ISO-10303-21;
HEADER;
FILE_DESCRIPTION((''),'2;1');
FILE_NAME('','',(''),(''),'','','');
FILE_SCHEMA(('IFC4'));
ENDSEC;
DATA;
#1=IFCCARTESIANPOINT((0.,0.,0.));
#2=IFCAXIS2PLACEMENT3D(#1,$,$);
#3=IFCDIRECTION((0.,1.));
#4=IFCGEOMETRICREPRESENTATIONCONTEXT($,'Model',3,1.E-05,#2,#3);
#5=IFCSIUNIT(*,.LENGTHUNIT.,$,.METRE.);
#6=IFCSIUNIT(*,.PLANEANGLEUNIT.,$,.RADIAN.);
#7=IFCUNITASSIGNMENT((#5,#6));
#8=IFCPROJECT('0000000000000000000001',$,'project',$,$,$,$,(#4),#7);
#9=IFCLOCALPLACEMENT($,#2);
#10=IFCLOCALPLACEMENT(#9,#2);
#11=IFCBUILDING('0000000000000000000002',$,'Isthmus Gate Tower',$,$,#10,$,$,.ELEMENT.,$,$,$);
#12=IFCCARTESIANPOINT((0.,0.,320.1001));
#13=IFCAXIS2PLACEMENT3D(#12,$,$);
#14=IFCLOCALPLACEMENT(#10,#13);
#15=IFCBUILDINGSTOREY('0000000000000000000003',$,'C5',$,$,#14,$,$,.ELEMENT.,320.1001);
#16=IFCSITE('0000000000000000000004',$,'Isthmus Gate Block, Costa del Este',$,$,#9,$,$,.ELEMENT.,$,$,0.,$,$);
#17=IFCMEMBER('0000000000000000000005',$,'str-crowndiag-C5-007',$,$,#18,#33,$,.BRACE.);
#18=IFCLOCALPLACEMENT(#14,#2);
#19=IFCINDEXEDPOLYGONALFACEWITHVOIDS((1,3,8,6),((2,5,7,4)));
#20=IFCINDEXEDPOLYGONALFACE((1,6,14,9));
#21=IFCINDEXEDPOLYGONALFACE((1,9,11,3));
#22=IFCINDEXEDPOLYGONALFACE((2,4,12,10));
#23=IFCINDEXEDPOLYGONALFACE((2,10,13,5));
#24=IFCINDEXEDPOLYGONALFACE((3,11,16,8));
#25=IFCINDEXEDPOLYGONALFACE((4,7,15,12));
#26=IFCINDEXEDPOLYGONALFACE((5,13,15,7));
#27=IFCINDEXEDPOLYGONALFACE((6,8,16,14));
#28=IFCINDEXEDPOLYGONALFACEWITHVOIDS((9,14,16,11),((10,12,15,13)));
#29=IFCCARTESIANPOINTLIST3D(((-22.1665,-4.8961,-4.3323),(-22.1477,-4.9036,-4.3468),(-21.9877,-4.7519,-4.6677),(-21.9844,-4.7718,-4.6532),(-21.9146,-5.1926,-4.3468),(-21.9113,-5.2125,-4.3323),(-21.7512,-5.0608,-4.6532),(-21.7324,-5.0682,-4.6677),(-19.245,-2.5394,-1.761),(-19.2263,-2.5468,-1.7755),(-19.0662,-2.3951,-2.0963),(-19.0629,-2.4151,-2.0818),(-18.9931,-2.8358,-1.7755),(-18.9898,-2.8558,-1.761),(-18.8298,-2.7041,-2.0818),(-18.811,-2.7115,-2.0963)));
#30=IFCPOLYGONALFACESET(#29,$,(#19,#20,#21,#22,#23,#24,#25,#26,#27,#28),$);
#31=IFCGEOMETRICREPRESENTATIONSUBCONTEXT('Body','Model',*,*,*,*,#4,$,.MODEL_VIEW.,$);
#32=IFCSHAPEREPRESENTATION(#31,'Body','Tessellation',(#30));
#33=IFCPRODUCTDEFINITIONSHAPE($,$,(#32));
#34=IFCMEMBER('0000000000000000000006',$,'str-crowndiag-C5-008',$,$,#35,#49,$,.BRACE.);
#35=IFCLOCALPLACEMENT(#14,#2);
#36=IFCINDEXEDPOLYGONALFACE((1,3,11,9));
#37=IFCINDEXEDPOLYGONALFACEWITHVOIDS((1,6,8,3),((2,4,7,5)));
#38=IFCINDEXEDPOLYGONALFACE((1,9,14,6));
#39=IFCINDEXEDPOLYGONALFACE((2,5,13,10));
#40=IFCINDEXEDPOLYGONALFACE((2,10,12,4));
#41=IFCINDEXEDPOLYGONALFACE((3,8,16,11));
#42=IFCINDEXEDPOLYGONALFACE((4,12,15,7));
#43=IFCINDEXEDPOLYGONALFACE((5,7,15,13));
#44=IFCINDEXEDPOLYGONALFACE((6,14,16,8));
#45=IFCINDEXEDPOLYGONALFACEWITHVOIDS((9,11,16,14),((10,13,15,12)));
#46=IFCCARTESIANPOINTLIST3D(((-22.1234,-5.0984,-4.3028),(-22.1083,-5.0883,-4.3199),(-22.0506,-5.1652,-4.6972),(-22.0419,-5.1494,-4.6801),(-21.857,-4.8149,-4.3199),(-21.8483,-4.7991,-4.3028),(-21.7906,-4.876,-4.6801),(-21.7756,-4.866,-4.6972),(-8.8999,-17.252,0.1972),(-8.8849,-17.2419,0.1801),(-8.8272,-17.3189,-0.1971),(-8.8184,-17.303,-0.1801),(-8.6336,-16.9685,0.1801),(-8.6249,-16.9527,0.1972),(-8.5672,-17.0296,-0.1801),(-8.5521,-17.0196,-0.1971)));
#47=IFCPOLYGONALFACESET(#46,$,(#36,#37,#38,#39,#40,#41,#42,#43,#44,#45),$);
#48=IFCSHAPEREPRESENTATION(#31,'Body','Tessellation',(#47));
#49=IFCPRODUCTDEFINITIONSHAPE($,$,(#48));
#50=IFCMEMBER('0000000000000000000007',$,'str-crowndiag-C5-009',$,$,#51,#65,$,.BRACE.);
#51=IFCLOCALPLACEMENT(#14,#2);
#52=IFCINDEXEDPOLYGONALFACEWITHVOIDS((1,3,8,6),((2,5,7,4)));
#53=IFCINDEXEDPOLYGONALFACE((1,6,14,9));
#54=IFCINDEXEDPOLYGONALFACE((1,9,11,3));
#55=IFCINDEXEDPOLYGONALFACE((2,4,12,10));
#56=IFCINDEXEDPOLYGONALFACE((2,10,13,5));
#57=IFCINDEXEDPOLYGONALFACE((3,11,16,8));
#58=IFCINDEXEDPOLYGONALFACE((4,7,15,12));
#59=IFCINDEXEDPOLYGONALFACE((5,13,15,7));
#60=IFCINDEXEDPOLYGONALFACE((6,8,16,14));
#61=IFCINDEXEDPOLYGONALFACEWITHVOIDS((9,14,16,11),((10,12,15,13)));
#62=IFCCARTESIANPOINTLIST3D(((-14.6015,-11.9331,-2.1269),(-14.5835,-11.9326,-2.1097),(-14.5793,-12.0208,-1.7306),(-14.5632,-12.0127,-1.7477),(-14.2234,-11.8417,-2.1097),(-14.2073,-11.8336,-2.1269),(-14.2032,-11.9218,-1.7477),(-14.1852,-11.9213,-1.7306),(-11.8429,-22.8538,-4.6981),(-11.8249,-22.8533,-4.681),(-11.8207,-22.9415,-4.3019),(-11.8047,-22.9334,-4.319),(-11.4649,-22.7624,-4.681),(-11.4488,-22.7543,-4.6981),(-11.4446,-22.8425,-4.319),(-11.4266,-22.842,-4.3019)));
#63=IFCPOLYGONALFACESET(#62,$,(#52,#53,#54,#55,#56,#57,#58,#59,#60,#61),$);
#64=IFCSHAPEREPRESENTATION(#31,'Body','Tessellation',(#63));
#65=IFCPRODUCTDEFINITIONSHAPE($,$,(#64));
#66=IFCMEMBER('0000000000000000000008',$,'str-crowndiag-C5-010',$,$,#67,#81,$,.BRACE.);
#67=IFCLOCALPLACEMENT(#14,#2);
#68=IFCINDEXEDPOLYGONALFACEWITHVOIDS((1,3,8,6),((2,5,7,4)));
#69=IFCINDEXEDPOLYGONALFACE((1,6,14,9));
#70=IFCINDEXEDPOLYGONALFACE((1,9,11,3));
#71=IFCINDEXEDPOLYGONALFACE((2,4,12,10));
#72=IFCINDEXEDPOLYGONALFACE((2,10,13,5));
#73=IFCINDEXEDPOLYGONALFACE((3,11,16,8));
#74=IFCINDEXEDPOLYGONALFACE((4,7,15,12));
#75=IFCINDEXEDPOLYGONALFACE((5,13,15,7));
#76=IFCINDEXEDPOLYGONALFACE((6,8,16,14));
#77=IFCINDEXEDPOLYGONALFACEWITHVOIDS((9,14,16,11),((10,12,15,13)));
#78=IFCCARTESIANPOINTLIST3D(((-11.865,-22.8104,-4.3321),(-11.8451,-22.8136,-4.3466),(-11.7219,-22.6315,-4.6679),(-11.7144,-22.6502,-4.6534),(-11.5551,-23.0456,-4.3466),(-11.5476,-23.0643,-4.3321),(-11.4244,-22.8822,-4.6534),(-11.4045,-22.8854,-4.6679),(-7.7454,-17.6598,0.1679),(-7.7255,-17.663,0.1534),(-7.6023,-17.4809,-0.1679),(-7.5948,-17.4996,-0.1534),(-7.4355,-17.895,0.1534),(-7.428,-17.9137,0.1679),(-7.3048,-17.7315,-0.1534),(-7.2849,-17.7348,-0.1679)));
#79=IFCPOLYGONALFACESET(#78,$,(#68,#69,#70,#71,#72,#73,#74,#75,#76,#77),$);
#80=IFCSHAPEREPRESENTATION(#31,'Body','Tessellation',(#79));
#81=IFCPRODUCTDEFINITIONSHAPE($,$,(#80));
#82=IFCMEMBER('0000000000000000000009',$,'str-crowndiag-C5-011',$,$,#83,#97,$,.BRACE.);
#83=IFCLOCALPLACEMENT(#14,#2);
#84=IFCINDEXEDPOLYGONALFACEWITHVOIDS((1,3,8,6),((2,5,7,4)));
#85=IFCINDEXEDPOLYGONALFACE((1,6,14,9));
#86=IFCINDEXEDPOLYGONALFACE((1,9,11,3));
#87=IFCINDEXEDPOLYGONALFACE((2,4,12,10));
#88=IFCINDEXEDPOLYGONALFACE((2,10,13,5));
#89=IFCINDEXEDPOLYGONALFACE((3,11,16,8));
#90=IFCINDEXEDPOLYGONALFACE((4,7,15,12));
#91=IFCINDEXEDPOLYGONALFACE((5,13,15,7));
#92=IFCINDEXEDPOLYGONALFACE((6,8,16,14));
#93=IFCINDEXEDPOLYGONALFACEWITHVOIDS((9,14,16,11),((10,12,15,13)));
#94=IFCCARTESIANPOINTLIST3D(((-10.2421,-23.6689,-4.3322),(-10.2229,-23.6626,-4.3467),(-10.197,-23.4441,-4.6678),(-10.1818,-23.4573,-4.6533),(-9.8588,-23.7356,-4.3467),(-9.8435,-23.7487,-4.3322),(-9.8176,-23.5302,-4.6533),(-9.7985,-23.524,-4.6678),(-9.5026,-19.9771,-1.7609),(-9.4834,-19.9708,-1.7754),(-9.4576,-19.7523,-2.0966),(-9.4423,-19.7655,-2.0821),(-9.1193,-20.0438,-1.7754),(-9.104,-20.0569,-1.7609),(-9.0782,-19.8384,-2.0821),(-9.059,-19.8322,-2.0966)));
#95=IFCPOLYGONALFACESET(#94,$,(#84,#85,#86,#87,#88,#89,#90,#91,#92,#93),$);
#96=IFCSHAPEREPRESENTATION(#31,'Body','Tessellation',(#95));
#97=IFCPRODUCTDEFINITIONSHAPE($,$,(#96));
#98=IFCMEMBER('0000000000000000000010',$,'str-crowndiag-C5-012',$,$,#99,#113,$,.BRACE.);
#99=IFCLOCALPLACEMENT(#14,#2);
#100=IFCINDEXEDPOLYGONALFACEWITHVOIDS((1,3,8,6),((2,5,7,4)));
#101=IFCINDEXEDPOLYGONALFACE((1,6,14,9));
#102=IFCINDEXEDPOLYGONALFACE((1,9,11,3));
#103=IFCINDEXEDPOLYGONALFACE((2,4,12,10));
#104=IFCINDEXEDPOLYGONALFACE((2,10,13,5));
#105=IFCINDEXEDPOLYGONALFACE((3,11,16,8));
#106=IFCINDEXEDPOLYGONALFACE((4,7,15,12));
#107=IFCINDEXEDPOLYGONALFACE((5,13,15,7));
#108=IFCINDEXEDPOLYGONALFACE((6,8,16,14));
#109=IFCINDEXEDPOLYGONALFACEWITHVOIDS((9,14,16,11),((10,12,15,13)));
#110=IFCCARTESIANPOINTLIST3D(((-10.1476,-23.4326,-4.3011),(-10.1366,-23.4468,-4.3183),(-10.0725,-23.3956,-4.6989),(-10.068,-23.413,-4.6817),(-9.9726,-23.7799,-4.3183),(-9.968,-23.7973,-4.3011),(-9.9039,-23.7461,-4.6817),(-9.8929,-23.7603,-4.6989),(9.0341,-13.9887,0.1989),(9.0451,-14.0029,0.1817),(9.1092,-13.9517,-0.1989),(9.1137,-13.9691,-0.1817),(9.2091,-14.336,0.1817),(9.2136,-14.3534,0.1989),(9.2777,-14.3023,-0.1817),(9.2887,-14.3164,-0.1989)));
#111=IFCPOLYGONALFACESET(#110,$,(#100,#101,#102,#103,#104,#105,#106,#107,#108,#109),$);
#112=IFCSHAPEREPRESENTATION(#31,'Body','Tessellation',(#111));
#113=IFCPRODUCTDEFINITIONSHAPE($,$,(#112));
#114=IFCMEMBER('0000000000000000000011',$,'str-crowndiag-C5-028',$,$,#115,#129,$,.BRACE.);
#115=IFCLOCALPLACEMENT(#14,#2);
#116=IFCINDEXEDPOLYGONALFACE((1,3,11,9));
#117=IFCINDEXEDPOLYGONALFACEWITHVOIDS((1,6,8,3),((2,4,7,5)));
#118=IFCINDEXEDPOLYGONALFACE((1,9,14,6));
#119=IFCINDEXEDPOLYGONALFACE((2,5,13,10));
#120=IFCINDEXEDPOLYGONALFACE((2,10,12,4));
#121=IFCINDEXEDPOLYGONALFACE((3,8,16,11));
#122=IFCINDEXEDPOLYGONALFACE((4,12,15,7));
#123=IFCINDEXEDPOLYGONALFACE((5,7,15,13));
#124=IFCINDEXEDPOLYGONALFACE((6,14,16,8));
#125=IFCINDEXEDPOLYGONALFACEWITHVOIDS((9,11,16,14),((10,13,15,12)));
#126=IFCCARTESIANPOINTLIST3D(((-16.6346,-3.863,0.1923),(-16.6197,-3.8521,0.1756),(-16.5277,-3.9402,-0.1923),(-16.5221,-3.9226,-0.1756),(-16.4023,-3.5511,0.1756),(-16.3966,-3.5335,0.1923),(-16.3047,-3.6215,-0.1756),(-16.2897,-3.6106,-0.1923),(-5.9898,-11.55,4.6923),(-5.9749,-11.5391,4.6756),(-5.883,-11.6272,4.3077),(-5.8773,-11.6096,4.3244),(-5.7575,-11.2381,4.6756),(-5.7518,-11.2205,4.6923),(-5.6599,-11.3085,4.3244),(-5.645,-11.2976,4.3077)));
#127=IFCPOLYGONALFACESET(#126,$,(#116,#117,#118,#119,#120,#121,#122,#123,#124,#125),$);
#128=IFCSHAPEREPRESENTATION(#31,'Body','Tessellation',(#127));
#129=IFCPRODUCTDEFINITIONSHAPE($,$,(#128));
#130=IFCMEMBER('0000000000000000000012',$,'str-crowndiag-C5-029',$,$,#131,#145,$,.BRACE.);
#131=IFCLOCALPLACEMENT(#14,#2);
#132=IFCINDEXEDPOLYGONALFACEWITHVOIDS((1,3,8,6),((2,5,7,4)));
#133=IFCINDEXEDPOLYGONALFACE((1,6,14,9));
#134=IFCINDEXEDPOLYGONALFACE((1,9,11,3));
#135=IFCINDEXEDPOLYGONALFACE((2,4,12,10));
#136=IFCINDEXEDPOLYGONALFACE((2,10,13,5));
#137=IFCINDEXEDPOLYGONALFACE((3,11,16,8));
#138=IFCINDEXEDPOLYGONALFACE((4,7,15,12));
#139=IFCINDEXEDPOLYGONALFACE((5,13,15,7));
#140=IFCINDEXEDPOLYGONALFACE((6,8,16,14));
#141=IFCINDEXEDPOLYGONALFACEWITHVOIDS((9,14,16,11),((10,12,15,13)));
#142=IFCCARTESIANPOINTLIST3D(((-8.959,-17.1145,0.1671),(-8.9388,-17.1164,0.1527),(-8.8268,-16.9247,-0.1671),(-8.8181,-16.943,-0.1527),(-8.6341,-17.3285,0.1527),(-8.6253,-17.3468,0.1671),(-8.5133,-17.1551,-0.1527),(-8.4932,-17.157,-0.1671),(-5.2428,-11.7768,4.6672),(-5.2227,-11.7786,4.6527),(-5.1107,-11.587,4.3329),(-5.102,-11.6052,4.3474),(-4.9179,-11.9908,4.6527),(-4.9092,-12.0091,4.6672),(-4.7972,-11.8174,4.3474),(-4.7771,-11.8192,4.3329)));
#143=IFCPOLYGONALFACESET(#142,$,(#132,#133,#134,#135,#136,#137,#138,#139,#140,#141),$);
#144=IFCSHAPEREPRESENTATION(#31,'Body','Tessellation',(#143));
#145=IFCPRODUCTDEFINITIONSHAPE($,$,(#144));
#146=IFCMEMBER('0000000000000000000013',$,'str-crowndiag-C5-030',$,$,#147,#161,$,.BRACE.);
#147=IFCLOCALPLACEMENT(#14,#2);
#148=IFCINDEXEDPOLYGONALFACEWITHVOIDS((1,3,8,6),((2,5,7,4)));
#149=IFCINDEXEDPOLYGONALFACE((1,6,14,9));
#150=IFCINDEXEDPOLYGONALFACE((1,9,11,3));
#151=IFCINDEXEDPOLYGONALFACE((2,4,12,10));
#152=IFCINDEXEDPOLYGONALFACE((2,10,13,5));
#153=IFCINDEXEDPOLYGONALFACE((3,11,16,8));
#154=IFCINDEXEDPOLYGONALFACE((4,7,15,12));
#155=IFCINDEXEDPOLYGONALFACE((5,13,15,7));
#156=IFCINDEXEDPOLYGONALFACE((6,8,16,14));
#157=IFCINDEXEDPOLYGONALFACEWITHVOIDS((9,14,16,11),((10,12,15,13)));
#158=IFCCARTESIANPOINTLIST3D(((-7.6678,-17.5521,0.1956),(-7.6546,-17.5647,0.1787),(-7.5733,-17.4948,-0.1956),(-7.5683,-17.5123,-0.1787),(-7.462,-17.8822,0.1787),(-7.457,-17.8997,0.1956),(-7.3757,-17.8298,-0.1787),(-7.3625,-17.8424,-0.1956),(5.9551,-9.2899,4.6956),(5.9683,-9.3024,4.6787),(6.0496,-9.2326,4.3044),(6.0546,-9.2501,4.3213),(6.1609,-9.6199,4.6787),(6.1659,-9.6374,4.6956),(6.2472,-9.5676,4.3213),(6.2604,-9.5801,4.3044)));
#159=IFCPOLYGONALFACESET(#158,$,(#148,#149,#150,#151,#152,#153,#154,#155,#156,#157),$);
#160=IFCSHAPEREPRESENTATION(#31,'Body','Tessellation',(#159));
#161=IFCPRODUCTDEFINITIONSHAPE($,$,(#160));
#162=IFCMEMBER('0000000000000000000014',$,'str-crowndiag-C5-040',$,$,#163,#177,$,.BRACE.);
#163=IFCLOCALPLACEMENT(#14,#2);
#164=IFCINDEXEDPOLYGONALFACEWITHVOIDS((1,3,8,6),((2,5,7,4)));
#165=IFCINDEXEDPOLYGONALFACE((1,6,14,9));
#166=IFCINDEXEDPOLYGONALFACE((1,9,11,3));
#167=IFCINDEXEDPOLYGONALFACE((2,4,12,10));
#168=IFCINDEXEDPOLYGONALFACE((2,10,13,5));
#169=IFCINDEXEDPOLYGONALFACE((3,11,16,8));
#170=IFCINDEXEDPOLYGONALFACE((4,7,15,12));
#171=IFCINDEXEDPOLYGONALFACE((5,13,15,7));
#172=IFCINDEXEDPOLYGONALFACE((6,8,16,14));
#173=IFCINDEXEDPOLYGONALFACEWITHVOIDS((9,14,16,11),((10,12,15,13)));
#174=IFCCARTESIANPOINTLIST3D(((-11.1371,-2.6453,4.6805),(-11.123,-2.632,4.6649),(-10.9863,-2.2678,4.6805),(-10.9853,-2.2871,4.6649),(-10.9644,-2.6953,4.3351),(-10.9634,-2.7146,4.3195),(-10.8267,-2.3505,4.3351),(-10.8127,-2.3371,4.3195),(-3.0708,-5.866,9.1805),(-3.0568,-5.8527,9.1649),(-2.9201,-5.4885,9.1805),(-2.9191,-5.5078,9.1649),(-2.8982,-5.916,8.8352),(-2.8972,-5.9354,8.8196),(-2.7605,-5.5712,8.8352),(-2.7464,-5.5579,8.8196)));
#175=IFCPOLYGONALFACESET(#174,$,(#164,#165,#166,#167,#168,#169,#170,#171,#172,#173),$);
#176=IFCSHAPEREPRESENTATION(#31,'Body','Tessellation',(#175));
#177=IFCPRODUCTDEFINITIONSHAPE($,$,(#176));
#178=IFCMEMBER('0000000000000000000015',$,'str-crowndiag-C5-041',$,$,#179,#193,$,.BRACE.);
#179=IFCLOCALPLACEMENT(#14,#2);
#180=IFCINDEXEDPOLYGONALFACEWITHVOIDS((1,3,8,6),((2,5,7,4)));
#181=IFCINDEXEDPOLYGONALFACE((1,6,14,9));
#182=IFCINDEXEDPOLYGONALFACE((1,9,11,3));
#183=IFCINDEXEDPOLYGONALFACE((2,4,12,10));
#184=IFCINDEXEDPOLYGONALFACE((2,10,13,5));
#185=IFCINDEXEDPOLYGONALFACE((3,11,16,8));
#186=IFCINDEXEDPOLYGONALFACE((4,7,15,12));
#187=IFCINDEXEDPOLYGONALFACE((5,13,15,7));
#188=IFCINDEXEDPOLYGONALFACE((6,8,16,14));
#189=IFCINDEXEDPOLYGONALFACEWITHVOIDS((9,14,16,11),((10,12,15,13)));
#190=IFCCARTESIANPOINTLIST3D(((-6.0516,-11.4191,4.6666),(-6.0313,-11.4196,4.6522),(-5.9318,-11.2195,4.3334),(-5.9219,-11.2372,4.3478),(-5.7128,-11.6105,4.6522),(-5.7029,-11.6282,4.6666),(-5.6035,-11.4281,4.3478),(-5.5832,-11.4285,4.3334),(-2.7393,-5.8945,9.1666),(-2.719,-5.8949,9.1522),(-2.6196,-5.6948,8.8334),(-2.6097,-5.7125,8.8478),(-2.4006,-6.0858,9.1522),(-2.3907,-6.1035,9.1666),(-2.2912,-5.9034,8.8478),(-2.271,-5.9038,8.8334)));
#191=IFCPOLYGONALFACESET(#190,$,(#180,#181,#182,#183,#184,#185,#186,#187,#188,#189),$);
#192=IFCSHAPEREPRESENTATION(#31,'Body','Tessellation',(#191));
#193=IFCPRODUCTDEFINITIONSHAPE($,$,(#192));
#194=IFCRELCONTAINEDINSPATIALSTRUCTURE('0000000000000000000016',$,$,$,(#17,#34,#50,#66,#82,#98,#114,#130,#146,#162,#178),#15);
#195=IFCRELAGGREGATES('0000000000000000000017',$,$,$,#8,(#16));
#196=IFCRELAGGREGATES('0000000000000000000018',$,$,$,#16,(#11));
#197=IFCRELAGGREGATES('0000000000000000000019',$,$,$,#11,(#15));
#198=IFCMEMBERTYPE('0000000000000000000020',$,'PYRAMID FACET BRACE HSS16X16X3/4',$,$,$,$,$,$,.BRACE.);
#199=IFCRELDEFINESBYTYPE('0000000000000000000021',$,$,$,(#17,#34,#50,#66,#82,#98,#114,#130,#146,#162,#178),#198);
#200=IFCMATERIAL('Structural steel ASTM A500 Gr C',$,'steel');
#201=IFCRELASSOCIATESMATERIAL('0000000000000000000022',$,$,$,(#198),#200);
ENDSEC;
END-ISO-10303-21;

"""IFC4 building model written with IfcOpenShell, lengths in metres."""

from ifc_helpers import new_model, si_unit, direction, frame, origin, origin_2d, place, context, subcontext, project, spatial, hollow_rectangle, extrude, material, material_profile, profile_set, type_object, element, save


model = new_model("IFC4")

# Units and contexts
model_context = context("Model", 3, precision=1e-05, world=origin(), true_north=direction((0.0, 1.0)))
body_context = subcontext(model_context, "Body", "Model", "MODEL_VIEW")
ifc_project = project(units=[si_unit("LENGTHUNIT", "METRE"), si_unit("PLANEANGLEUNIT", "RADIAN")], contexts=[model_context])

# Site, building, storey
site_placement = place(None, origin())
site = spatial("IfcSite", under=ifc_project, at=site_placement, Name="Isthmus Gate Block, Costa del Este", CompositionType="ELEMENT", RefElevation=0.0)
building_placement = place(site_placement, origin())
building = spatial("IfcBuilding", under=site, at=building_placement, Name="Isthmus Gate Tower", CompositionType="ELEMENT")
storey_placement = place(building_placement, frame((0.0, 0.0, 320.1001)))
storey = spatial("IfcBuildingStorey", under=building, at=storey_placement, Name="C5", CompositionType="ELEMENT", Elevation=320.1001)

# Members
ifc_material_1 = material(Name="Structural steel ASTM A500 Gr C", Category="steel")
ifc_material_profile_1 = material_profile(ifc_material_1, hollow_rectangle(XDim=0.4065, YDim=0.4065, WallThickness=0.0176, at=origin_2d()), Name="HSS16X16X3/4")
ifc_profile_set_1 = profile_set([ifc_material_profile_1], Name="Structural steel ASTM A500 Gr C")
member_type = type_object("IfcMemberType", Name="PYRAMID FACET BRACE HSS16X16X3/4", PredefinedType="BRACE", material=ifc_profile_set_1)
member_1_placement = place(storey_placement, frame((-21.9495, -4.9822, -4.5), z_axis=(0.642102, 0.517985, 0.565152), x_axis=(-0.627871, 0.778318, 0.0)))
element("IfcMember", 1, at=member_1_placement, inside=storey, type_object=member_type, Name="str-crowndiag-C5-007", PredefinedType="BRACE", context=body_context, shape_type="SweptSolid", body=[
    extrude(hollow_rectangle(XDim=0.4065, YDim=0.4065, WallThickness=0.0176, at=origin_2d()), origin(), (0.0, 0.0, 1.0), 4.5498),
])
member_2_placement = place(storey_placement, frame((-21.9495, -4.9822, -4.5), z_axis=(0.714186, -0.656406, 0.243042), x_axis=(0.676696, 0.736263, 0.0)))
element("IfcMember", 2, at=member_2_placement, inside=storey, type_object=member_type, Name="str-crowndiag-C5-008", PredefinedType="BRACE", context=body_context, shape_type="SweptSolid", body=[
    extrude(hollow_rectangle(XDim=0.4065, YDim=0.4065, WallThickness=0.0176, at=origin_2d()), origin(), (0.0, 0.0, 1.0), 18.5154),
])
member_3_placement = place(storey_placement, frame((-11.6348, -22.8479, -4.5), z_axis=(-0.238764, 0.94523, 0.222556), x_axis=(-0.969547, -0.244906, 0.0)))
element("IfcMember", 3, at=member_3_placement, inside=storey, type_object=member_type, Name="str-crowndiag-C5-009", PredefinedType="BRACE", context=body_context, shape_type="SweptSolid", body=[
    extrude(hollow_rectangle(XDim=0.4065, YDim=0.4065, WallThickness=0.0176, at=origin_2d()), origin(), (0.0, 0.0, 1.0), 11.5535),
])
member_4_placement = place(storey_placement, frame((-11.6348, -22.8479, -4.5), z_axis=(0.515961, 0.645089, 0.5636), x_axis=(-0.780934, 0.624614, 0.0)))
element("IfcMember", 4, at=member_4_placement, inside=storey, type_object=member_type, Name="str-crowndiag-C5-010", PredefinedType="BRACE", context=body_context, shape_type="SweptSolid", body=[
    extrude(hollow_rectangle(XDim=0.4065, YDim=0.4065, WallThickness=0.0176, at=origin_2d()), origin(), (0.0, 0.0, 1.0), 7.9844),
])
member_5_placement = place(storey_placement, frame((-10.0203, -23.5964, -4.5), z_axis=(0.162191, 0.809726, 0.563949), x_axis=(-0.980523, 0.196403, 0.0)))
element("IfcMember", 5, at=member_5_placement, inside=storey, type_object=member_type, Name="str-crowndiag-C5-011", PredefinedType="BRACE", context=body_context, shape_type="SweptSolid", body=[
    extrude(hollow_rectangle(XDim=0.4065, YDim=0.4065, WallThickness=0.0176, at=origin_2d()), origin(), (0.0, 0.0, 1.0), 4.5593),
])
member_6_placement = place(storey_placement, frame((-10.0203, -23.5964, -4.5), z_axis=(0.877925, 0.432236, 0.205961), x_axis=(-0.441706, 0.89716, 0.0)))
element("IfcMember", 6, at=member_6_placement, inside=storey, type_object=member_type, Name="str-crowndiag-C5-012", PredefinedType="BRACE", context=body_context, shape_type="SweptSolid", body=[
    extrude(hollow_rectangle(XDim=0.4065, YDim=0.4065, WallThickness=0.0176, at=origin_2d()), origin(), (0.0, 0.0, 1.0), 21.8489),
])
member_7_placement = place(storey_placement, frame((-16.4622, -3.7368, 0.0), z_axis=(0.766921, -0.553824, 0.32421), x_axis=(0.585446, 0.810711, 0.0)))
element("IfcMember", 7, at=member_7_placement, inside=storey, type_object=member_type, Name="str-crowndiag-C5-028", PredefinedType="BRACE", context=body_context, shape_type="SweptSolid", body=[
    extrude(hollow_rectangle(XDim=0.4065, YDim=0.4065, WallThickness=0.0176, at=origin_2d()), origin(), (0.0, 0.0, 1.0), 13.8799),
])
member_8_placement = place(storey_placement, frame((-8.7261, -17.1357, 0.0), z_axis=(0.469863, 0.674897, 0.568984), x_axis=(-0.820695, 0.571367, 0.0)))
element("IfcMember", 8, at=member_8_placement, inside=storey, type_object=member_type, Name="str-crowndiag-C5-029", PredefinedType="BRACE", context=body_context, shape_type="SweptSolid", body=[
    extrude(hollow_rectangle(XDim=0.4065, YDim=0.4065, WallThickness=0.0176, at=origin_2d()), origin(), (0.0, 0.0, 1.0), 7.9089),
])
member_9_placement = place(storey_placement, frame((-7.5151, -17.6973, 0.0), z_axis=(0.822841, 0.499052, 0.271808), x_axis=(-0.518575, 0.855032, 0.0)))
element("IfcMember", 9, at=member_9_placement, inside=storey, type_object=member_type, Name="str-crowndiag-C5-030", PredefinedType="BRACE", context=body_context, shape_type="SweptSolid", body=[
    extrude(hollow_rectangle(XDim=0.4065, YDim=0.4065, WallThickness=0.0176, at=origin_2d()), origin(), (0.0, 0.0, 1.0), 16.5559),
])
member_10_placement = place(storey_placement, frame((-10.9749, -2.4912, 4.5), z_axis=(0.824599, -0.329251, 0.460033), x_axis=(0.370819, 0.928705, 0.0)))
element("IfcMember", 10, at=member_10_placement, inside=storey, type_object=member_type, Name="str-crowndiag-C5-040", PredefinedType="BRACE", context=body_context, shape_type="SweptSolid", body=[
    extrude(hollow_rectangle(XDim=0.4065, YDim=0.4065, WallThickness=0.0176, at=origin_2d()), origin(), (0.0, 0.0, 1.0), 9.782),
])
member_11_placement = place(storey_placement, frame((-5.8174, -11.4238, 4.5), z_axis=(0.421532, 0.703092, 0.572689), x_axis=(-0.857667, 0.514206, 0.0)))
element("IfcMember", 11, at=member_11_placement, inside=storey, type_object=member_type, Name="str-crowndiag-C5-041", PredefinedType="BRACE", context=body_context, shape_type="SweptSolid", body=[
    extrude(hollow_rectangle(XDim=0.4065, YDim=0.4065, WallThickness=0.0176, at=origin_2d()), origin(), (0.0, 0.0, 1.0), 7.8577),
])

save(model, "model.ifc")
